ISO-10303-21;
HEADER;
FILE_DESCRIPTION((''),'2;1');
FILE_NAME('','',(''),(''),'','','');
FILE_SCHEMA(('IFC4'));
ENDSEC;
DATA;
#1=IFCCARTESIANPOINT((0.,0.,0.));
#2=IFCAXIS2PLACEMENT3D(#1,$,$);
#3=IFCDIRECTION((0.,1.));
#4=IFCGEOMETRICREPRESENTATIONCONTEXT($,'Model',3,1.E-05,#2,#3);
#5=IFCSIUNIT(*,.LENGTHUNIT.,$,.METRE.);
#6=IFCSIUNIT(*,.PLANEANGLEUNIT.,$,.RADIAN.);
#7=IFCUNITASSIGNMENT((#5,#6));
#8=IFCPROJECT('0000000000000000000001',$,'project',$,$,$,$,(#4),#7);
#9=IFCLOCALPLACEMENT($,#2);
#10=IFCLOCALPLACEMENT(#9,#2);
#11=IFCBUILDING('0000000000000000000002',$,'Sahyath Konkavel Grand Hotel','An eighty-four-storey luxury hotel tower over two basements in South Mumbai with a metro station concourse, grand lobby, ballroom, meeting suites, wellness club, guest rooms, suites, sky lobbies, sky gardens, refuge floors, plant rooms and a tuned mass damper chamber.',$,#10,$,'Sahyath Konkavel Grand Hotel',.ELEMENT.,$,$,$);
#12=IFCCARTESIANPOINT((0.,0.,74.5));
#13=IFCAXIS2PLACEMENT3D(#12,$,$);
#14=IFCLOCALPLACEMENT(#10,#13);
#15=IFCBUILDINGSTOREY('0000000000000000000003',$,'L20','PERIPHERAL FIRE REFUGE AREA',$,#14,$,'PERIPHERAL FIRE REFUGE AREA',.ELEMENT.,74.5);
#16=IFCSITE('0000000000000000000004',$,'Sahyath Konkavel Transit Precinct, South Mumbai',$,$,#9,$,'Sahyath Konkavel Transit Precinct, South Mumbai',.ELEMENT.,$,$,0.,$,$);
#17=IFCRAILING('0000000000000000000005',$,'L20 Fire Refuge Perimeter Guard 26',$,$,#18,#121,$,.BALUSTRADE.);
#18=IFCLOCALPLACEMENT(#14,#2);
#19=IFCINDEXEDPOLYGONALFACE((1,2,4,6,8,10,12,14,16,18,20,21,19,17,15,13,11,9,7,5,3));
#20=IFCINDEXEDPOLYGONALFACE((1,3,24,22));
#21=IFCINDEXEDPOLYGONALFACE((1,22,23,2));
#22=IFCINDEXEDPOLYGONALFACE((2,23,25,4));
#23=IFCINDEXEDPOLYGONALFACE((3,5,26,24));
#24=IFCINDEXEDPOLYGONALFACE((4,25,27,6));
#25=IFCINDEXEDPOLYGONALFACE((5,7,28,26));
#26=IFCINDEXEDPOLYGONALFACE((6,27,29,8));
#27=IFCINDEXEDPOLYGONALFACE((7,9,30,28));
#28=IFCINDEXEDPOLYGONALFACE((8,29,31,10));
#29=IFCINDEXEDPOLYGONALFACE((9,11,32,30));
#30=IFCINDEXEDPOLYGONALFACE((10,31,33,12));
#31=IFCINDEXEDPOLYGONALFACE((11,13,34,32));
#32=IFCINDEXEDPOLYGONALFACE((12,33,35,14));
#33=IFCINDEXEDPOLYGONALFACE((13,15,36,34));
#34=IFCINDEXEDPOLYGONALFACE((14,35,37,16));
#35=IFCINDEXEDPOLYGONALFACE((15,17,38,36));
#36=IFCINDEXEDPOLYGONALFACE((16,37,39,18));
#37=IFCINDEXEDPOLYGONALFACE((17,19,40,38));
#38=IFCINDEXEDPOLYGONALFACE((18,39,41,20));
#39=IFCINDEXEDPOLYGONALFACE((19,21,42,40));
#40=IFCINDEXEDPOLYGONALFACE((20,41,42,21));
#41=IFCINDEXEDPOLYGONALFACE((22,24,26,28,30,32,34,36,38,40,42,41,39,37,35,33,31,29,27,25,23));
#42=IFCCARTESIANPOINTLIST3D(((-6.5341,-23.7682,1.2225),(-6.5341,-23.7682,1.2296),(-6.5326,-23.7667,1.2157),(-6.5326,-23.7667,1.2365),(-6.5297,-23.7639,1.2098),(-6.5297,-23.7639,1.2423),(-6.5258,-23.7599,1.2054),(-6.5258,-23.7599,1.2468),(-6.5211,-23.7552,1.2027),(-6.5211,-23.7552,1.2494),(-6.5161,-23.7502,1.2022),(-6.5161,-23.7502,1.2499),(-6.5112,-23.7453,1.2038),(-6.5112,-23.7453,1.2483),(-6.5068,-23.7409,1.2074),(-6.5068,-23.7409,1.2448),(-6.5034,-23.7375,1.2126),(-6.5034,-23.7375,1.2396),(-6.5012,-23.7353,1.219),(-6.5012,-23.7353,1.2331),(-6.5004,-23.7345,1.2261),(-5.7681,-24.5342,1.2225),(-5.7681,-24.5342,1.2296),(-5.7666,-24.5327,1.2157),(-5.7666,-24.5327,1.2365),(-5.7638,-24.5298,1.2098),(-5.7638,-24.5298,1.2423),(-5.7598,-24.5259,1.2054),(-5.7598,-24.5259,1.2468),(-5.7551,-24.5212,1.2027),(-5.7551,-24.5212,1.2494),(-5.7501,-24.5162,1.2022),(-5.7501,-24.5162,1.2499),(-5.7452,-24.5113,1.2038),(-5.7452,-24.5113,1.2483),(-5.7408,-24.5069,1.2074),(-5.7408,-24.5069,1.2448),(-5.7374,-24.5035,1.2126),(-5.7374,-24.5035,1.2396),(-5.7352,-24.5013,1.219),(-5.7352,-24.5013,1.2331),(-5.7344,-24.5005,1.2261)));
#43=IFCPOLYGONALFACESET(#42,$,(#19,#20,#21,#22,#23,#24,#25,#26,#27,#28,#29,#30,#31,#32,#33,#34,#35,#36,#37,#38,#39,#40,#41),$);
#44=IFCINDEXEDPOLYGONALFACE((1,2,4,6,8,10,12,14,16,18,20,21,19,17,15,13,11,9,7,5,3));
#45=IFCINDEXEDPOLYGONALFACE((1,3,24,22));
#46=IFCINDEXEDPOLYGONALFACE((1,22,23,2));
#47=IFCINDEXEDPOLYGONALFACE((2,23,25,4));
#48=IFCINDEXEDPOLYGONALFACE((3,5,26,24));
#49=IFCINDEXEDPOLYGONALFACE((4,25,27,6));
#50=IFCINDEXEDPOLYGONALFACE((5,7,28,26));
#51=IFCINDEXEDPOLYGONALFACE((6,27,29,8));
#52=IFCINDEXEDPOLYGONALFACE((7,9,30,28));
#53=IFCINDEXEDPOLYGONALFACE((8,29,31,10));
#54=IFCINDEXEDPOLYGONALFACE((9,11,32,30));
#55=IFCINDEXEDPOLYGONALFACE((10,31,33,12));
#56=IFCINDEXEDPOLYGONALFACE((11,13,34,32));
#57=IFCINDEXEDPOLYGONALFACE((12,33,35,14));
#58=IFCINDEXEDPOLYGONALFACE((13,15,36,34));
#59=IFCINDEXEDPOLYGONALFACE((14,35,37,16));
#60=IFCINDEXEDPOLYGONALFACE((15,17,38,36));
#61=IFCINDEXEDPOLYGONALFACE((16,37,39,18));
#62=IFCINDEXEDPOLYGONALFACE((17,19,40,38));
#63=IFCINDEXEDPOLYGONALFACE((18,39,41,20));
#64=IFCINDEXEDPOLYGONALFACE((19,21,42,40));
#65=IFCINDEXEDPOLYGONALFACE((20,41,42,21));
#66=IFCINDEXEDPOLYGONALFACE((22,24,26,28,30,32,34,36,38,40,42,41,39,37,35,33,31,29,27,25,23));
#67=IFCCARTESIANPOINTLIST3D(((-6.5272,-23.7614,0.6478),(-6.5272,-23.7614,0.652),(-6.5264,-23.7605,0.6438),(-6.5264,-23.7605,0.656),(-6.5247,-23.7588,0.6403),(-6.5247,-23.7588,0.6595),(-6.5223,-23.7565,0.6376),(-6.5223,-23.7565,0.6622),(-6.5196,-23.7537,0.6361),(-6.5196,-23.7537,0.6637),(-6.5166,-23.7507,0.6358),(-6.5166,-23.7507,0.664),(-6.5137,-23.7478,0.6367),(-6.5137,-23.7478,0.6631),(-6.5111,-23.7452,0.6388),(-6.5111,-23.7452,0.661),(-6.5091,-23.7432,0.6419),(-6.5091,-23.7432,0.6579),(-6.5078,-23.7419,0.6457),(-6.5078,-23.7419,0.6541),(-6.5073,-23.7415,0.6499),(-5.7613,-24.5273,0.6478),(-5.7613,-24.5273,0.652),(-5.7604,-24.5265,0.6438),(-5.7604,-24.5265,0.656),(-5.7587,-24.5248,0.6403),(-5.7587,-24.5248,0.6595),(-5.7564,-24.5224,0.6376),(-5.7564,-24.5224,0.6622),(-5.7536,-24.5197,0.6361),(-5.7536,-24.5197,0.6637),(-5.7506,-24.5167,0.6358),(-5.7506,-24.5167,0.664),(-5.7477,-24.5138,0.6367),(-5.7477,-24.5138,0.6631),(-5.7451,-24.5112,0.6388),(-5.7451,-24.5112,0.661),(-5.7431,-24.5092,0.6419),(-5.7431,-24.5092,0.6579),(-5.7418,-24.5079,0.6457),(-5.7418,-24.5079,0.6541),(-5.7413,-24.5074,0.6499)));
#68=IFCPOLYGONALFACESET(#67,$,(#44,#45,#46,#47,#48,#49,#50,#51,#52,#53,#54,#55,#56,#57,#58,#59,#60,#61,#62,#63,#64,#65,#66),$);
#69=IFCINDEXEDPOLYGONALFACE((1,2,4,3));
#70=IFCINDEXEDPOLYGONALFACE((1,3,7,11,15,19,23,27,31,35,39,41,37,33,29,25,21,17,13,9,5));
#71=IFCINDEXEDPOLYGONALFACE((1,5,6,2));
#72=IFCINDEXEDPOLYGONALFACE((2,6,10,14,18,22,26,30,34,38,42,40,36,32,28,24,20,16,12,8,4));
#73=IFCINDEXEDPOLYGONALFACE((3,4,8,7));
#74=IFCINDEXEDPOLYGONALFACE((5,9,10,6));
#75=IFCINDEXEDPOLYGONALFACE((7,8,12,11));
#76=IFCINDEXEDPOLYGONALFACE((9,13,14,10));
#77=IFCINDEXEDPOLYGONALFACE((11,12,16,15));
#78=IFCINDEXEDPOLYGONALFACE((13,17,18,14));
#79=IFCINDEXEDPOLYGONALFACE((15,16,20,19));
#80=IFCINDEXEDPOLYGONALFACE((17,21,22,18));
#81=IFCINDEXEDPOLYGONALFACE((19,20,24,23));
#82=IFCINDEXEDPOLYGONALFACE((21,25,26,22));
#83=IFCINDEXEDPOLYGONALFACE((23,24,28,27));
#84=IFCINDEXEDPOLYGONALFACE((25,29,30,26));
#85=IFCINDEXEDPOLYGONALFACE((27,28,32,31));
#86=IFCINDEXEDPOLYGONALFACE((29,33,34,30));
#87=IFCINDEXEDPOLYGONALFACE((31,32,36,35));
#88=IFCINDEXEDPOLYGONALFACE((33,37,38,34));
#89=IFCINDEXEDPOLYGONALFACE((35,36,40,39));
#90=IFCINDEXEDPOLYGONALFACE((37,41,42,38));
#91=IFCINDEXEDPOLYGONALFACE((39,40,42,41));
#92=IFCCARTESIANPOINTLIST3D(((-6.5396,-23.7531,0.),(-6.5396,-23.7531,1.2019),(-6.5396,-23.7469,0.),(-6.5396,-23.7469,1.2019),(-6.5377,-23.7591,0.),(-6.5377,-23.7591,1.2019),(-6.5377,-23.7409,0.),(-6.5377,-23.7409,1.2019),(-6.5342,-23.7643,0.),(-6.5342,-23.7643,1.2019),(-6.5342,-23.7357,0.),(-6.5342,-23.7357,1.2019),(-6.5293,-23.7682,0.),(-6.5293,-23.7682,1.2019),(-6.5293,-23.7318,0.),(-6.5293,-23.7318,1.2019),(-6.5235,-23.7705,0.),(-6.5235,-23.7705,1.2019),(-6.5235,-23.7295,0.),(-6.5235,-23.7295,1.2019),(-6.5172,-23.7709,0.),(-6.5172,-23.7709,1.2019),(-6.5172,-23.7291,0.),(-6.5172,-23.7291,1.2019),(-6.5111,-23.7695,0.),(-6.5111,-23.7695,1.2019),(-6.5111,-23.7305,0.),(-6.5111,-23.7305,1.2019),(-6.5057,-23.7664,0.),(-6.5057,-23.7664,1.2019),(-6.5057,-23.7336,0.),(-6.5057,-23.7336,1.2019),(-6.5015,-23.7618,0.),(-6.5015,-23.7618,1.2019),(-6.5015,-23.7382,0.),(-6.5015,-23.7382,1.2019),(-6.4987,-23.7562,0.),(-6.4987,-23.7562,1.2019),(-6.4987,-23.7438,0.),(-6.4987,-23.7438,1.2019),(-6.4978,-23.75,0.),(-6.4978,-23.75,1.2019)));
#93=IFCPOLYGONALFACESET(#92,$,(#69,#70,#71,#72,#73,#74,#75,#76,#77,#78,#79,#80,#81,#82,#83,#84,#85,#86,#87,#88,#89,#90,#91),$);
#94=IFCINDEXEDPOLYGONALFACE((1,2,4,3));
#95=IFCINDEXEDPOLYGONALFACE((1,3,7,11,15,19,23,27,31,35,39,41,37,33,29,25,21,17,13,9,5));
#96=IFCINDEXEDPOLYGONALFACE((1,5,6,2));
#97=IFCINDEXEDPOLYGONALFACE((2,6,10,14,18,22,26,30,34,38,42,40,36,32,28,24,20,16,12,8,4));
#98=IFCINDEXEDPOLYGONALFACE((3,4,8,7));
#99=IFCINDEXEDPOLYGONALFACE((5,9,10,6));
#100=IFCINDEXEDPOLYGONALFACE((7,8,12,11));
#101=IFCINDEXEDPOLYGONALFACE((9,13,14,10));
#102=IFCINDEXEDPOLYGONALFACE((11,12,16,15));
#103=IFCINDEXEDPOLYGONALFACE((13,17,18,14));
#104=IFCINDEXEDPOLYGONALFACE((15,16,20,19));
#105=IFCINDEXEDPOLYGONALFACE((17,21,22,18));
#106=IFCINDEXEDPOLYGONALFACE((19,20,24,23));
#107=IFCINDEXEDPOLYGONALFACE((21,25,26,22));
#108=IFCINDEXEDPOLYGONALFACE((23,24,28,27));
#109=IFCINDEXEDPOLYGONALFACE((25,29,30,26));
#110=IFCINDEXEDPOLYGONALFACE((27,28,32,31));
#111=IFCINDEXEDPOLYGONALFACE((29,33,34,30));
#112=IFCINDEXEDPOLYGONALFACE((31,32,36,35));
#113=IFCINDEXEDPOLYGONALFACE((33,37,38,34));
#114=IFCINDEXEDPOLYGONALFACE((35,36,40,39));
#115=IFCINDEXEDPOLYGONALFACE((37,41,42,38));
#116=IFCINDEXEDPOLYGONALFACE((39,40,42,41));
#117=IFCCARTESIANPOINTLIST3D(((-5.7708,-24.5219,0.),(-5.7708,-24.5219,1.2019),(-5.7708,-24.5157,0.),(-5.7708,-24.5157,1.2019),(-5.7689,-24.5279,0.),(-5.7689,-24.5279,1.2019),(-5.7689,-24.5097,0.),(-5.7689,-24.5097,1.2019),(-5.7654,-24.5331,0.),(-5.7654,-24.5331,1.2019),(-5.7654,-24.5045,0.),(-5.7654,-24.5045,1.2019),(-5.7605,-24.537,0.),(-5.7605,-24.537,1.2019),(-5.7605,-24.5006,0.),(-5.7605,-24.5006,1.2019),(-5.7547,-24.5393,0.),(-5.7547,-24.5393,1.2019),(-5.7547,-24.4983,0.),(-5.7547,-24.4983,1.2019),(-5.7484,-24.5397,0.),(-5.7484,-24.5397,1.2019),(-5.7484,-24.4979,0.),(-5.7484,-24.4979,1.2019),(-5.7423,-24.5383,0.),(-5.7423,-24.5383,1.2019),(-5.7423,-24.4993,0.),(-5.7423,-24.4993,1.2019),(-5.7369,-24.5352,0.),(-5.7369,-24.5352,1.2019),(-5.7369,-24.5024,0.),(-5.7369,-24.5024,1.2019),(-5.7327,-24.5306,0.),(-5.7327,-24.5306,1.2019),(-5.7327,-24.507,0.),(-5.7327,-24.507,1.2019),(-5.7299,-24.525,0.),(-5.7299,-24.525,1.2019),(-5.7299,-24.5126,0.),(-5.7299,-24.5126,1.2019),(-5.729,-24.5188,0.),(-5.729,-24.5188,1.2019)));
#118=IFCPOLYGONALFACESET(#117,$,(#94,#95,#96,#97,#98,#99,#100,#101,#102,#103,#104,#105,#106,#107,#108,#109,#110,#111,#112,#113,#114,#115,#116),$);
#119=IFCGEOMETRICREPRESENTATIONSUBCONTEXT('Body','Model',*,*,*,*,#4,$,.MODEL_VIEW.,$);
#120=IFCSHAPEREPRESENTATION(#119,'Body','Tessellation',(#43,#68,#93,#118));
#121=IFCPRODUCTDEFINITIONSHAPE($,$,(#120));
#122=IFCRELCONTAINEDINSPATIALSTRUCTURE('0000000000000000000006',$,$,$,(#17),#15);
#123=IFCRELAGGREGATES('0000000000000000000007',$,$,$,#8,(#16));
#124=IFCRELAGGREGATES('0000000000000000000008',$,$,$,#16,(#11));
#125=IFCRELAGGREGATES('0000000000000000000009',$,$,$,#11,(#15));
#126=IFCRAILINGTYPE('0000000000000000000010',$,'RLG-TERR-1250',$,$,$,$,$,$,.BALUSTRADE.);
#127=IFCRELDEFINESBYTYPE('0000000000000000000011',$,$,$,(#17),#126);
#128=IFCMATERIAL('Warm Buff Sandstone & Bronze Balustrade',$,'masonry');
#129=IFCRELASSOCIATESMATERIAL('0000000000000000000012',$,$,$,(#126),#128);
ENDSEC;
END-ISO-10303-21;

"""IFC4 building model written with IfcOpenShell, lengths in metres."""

from ifc_helpers import new_model, si_unit, direction, frame, origin, origin_2d, place, context, subcontext, project, spatial, circle, extrude, material, type_object, element, save


model = new_model("IFC4")

# Units and contexts
model_context = context("Model", 3, precision=1e-05, world=origin(), true_north=direction((0.0, 1.0)))
body_context = subcontext(model_context, "Body", "Model", "MODEL_VIEW")
ifc_project = project(units=[si_unit("LENGTHUNIT", "METRE"), si_unit("PLANEANGLEUNIT", "RADIAN")], contexts=[model_context])

# Site, building, storey
site_placement = place(None, origin())
site = spatial("IfcSite", under=ifc_project, at=site_placement, Name="Sahyath Konkavel Transit Precinct, South Mumbai", LongName="Sahyath Konkavel Transit Precinct, South Mumbai", CompositionType="ELEMENT", RefElevation=0.0)
building_placement = place(site_placement, origin())
building = spatial("IfcBuilding", under=site, at=building_placement, Name="Sahyath Konkavel Grand Hotel", Description="An eighty-four-storey luxury hotel tower over two basements in South Mumbai with a metro station concourse, grand lobby, ballroom, meeting suites, wellness club, guest rooms, suites, sky lobbies, sky gardens, refuge floors, plant rooms and a tuned mass damper chamber.", LongName="Sahyath Konkavel Grand Hotel", CompositionType="ELEMENT")
storey_placement = place(building_placement, frame((0.0, 0.0, 74.5)))
storey = spatial("IfcBuildingStorey", under=building, at=storey_placement, Name="L20", Description="PERIPHERAL FIRE REFUGE AREA", LongName="PERIPHERAL FIRE REFUGE AREA", CompositionType="ELEMENT", Elevation=74.5)

# Railing
ifc_material_1 = material(Name="Warm Buff Sandstone & Bronze Balustrade", Category="masonry")
railing_type = type_object("IfcRailingType", Name="RLG-TERR-1250", PredefinedType="BALUSTRADE", material=ifc_material_1)
railing_1_placement = place(storey_placement, frame((-6.5188, -23.75, 0.0)))
element("IfcRailing", 1, at=railing_1_placement, inside=storey, type_object=railing_type, Name="L20 Fire Refuge Perimeter Guard 26", PredefinedType="BALUSTRADE", context=body_context, shape_type="SweptSolid", body=[
    extrude(circle(Radius=0.0239, at=origin_2d()), frame((0.0015, -0.0015, 1.2261), z_axis=(0.707107, -0.707107, 0.0), x_axis=(0.707107, 0.707107, 0.0)), (0.0, 0.0, 1.0), 1.0833),
    extrude(circle(Radius=0.0142, at=origin_2d()), frame((0.0015, -0.0015, 0.6499), z_axis=(0.707107, -0.707107, 0.0), x_axis=(0.707107, 0.707107, 0.0)), (0.0, 0.0, 1.0), 1.0833),
    extrude(circle(Radius=0.021, at=origin_2d()), origin(), (0.0, 0.0, 1.0), 1.2019),
    extrude(circle(Radius=0.021, at=origin_2d()), frame((0.7688, -0.7688, 0.0)), (0.0, 0.0, 1.0), 1.2019),
])

save(model, "model.ifc")
